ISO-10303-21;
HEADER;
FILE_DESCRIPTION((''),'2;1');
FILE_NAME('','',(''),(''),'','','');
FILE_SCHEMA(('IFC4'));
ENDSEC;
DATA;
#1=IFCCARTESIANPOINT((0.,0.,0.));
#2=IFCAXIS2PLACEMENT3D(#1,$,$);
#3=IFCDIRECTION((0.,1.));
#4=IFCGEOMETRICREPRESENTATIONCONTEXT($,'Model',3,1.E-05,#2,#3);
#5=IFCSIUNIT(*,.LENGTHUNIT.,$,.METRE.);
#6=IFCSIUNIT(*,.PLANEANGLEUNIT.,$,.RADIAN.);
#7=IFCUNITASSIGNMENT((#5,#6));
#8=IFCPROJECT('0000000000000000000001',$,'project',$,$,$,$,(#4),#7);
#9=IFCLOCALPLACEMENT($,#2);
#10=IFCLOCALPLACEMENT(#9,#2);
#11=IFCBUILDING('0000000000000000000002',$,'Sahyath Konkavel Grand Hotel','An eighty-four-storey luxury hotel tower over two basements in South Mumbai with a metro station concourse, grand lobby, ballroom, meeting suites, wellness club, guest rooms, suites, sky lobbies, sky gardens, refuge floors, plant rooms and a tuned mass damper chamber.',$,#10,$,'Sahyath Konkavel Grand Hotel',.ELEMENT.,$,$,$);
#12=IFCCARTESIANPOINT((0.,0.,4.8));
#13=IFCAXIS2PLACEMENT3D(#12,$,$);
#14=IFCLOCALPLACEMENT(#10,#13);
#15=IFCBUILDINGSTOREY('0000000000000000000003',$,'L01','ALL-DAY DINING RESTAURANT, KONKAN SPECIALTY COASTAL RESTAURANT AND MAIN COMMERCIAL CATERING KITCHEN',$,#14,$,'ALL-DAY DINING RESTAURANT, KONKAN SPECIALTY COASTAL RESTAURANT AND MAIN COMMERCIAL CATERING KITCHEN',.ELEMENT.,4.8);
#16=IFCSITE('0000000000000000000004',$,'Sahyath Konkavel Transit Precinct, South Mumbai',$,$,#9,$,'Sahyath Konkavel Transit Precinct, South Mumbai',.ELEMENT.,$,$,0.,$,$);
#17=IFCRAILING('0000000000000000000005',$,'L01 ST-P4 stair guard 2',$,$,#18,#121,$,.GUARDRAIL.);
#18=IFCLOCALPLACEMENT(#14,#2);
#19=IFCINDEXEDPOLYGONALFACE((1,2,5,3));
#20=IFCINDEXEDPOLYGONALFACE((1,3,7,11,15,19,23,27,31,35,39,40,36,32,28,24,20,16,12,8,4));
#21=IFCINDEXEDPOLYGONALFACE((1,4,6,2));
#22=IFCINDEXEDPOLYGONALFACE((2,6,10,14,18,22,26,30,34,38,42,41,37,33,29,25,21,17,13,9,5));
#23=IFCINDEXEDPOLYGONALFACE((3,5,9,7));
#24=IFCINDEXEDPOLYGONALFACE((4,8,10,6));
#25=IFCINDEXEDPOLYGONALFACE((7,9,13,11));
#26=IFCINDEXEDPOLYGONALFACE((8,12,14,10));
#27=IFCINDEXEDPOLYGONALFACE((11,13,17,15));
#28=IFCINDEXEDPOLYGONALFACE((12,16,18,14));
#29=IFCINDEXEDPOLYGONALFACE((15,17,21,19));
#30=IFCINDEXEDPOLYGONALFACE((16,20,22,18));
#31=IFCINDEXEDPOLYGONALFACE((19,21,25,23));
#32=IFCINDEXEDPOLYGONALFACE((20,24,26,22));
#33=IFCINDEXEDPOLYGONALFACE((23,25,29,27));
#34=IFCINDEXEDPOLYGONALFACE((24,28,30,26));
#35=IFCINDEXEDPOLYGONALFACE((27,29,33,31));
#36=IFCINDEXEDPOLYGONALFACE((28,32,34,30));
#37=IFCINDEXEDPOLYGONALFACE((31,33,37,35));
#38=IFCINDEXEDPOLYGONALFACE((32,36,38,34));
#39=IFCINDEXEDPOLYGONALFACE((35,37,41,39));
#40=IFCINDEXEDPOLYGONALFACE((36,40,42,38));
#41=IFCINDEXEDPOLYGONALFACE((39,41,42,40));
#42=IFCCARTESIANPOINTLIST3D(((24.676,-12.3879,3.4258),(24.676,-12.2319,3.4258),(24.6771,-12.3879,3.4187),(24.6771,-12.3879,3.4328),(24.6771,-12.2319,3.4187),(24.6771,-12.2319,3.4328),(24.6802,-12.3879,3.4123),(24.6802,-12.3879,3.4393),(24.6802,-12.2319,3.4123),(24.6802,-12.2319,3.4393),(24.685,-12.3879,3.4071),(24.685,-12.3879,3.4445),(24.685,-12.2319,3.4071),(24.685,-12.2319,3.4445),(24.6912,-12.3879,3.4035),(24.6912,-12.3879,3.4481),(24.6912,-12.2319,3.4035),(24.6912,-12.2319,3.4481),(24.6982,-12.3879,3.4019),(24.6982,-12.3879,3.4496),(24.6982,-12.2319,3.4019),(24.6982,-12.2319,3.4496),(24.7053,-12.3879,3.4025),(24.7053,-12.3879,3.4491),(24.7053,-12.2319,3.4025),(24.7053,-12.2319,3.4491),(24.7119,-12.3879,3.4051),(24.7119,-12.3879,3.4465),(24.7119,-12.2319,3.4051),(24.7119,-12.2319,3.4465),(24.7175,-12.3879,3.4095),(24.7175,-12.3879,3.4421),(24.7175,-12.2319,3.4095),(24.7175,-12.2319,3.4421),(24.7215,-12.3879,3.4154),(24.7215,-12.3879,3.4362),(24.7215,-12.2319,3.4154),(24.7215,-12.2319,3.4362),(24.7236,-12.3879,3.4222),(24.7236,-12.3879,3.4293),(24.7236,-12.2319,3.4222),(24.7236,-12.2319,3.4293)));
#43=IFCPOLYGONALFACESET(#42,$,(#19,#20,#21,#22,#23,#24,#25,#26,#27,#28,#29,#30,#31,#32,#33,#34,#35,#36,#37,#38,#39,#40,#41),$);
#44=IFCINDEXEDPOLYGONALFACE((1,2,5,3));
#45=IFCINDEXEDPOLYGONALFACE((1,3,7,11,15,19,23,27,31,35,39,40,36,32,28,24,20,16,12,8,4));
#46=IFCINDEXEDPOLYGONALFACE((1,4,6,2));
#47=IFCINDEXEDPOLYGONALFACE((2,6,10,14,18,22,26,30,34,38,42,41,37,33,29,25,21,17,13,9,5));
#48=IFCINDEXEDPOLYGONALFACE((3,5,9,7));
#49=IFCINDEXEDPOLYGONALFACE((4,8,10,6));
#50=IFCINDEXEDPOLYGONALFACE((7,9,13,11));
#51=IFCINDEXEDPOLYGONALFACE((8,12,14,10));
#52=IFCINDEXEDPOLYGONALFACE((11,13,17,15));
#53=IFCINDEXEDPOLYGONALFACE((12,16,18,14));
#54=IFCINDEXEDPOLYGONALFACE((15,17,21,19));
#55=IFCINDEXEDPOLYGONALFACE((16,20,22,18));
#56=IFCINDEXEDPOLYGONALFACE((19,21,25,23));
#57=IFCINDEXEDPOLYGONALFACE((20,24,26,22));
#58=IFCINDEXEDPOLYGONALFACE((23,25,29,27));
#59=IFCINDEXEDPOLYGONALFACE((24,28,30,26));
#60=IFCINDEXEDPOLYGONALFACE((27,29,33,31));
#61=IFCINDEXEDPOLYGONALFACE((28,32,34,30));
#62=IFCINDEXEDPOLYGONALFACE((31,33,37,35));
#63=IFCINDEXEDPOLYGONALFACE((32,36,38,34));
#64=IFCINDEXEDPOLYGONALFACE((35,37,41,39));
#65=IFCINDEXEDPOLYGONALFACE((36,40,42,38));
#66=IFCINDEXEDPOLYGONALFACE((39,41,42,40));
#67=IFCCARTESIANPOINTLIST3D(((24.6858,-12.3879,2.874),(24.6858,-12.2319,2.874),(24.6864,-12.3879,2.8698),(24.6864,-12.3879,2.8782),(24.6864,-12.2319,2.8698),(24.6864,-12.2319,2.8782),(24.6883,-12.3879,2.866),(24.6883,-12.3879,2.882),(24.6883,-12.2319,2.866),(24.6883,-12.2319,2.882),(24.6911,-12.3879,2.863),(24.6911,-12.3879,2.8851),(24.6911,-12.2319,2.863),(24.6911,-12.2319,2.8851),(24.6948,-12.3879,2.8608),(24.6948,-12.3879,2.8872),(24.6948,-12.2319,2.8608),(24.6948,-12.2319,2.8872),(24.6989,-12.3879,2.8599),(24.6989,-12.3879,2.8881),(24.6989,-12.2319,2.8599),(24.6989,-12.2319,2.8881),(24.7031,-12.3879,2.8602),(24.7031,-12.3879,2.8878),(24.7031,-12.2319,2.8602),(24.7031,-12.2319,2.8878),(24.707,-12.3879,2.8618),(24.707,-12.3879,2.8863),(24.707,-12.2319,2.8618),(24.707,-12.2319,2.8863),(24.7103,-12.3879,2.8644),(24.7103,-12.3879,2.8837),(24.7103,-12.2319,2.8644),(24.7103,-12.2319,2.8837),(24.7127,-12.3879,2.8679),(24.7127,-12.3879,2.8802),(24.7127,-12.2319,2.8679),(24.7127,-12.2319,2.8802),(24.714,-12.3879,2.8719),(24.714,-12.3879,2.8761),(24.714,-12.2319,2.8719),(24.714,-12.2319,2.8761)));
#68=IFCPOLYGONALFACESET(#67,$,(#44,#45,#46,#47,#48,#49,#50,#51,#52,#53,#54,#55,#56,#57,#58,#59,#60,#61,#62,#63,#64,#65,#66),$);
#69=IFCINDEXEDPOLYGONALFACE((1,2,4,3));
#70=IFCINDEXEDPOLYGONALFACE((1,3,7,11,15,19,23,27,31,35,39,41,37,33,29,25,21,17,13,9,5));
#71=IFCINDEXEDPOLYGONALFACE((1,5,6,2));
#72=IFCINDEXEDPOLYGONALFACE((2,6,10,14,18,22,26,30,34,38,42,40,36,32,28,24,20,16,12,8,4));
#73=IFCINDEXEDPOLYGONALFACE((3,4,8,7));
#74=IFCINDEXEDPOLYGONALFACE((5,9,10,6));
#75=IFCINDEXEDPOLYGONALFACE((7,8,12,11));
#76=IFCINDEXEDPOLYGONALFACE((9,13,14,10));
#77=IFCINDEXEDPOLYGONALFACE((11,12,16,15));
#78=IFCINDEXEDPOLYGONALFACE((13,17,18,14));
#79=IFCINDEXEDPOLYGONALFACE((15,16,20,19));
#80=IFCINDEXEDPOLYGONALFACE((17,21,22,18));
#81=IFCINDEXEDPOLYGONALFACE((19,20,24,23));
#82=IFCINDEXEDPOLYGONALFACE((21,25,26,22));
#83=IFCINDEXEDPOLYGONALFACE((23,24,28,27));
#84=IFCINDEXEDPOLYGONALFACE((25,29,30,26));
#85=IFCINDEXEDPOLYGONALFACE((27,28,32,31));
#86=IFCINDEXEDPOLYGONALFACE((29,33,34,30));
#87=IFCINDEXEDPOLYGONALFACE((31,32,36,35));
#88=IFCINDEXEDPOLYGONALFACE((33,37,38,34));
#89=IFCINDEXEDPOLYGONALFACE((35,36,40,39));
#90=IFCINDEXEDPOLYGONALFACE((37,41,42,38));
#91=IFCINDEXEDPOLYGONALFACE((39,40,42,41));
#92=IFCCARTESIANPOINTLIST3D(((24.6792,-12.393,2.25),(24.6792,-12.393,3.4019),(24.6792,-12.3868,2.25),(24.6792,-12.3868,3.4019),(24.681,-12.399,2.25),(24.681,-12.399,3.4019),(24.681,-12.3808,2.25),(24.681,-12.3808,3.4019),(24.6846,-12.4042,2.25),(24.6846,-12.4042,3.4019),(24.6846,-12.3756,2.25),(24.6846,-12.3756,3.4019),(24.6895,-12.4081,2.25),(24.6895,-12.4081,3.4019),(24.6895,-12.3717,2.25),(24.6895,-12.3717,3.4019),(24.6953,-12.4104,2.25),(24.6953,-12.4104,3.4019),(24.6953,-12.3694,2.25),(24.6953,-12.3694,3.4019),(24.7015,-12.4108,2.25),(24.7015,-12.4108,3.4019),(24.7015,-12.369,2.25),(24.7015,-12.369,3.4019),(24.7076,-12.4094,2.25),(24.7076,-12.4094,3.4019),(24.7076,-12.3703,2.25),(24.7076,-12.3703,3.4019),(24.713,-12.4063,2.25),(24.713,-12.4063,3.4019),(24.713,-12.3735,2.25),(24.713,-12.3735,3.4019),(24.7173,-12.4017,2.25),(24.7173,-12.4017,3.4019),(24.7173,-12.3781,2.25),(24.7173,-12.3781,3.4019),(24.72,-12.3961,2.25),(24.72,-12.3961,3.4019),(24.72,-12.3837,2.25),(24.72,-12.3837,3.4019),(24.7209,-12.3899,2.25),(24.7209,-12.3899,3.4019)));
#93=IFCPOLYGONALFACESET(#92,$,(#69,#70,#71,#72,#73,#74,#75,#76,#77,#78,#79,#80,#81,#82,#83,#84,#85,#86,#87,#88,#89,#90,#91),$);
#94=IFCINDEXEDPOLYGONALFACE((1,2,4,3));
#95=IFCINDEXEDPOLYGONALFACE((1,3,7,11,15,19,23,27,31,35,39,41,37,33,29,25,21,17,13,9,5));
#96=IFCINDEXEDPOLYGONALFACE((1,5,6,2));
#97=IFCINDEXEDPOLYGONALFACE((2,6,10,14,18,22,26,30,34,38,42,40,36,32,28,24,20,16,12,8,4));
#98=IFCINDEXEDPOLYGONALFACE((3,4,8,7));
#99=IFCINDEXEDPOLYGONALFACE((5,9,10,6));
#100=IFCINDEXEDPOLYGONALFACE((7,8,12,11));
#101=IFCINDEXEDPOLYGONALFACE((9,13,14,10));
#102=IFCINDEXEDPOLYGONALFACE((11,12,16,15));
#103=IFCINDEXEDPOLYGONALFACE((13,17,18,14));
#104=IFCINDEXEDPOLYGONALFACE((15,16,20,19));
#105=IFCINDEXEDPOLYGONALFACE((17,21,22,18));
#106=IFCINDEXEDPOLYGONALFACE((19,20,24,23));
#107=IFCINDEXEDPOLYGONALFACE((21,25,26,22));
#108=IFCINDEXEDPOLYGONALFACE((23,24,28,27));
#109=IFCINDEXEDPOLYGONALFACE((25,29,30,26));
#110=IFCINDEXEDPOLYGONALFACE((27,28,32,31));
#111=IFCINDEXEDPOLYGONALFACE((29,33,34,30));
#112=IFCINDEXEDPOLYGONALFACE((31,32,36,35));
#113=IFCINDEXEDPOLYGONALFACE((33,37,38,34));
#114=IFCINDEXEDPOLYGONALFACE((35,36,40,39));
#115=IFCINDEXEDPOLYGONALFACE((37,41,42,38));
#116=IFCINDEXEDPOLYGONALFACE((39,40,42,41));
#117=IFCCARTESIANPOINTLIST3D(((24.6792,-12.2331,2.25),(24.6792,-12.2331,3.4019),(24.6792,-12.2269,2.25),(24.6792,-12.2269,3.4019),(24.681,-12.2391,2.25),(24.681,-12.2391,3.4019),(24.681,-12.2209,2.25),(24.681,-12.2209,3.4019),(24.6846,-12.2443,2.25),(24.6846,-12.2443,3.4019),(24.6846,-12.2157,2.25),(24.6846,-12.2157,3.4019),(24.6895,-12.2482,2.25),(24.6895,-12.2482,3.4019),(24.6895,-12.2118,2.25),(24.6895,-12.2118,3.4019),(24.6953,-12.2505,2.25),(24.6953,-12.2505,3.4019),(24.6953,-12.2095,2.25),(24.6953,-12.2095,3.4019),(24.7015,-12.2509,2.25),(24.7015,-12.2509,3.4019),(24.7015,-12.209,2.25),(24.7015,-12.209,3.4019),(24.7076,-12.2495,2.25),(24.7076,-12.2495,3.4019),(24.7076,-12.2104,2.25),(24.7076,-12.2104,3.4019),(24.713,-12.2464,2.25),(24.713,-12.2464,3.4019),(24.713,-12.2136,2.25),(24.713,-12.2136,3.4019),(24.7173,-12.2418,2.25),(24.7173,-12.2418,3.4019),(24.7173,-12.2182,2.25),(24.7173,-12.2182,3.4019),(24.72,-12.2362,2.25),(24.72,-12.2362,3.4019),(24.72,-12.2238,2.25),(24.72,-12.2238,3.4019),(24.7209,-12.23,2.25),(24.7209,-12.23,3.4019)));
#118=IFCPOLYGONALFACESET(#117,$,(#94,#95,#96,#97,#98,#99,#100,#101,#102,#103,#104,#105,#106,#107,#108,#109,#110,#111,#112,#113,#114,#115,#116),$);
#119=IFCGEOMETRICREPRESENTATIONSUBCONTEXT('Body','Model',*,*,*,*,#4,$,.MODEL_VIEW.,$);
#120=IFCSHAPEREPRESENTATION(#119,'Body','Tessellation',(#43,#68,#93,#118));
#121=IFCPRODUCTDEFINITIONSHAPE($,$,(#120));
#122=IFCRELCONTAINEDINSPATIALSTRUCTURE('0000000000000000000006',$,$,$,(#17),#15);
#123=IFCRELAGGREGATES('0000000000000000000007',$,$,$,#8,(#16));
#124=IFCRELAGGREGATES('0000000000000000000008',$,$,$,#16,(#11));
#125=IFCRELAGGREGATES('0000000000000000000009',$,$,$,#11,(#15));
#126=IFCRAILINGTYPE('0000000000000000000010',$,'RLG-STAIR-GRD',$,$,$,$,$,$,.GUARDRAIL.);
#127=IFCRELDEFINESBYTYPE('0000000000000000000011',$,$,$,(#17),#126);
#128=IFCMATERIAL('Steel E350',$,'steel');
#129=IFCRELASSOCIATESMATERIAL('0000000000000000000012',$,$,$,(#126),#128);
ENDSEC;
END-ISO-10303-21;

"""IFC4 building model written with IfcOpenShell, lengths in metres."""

from ifc_helpers import new_model, si_unit, direction, frame, origin, origin_2d, place, context, subcontext, project, spatial, circle, extrude, material, type_object, element, save


model = new_model("IFC4")

# Units and contexts
model_context = context("Model", 3, precision=1e-05, world=origin(), true_north=direction((0.0, 1.0)))
body_context = subcontext(model_context, "Body", "Model", "MODEL_VIEW")
ifc_project = project(units=[si_unit("LENGTHUNIT", "METRE"), si_unit("PLANEANGLEUNIT", "RADIAN")], contexts=[model_context])

# Site, building, storey
site_placement = place(None, origin())
site = spatial("IfcSite", under=ifc_project, at=site_placement, Name="Sahyath Konkavel Transit Precinct, South Mumbai", LongName="Sahyath Konkavel Transit Precinct, South Mumbai", CompositionType="ELEMENT", RefElevation=0.0)
building_placement = place(site_placement, origin())
building = spatial("IfcBuilding", under=site, at=building_placement, Name="Sahyath Konkavel Grand Hotel", Description="An eighty-four-storey luxury hotel tower over two basements in South Mumbai with a metro station concourse, grand lobby, ballroom, meeting suites, wellness club, guest rooms, suites, sky lobbies, sky gardens, refuge floors, plant rooms and a tuned mass damper chamber.", LongName="Sahyath Konkavel Grand Hotel", CompositionType="ELEMENT")
storey_placement = place(building_placement, frame((0.0, 0.0, 4.8)))
storey = spatial("IfcBuildingStorey", under=building, at=storey_placement, Name="L01", Description="ALL-DAY DINING RESTAURANT, KONKAN SPECIALTY COASTAL RESTAURANT AND MAIN COMMERCIAL CATERING KITCHEN", LongName="ALL-DAY DINING RESTAURANT, KONKAN SPECIALTY COASTAL RESTAURANT AND MAIN COMMERCIAL CATERING KITCHEN", CompositionType="ELEMENT", Elevation=4.8)

# Shared definitions
ifc_material_1 = material(Name="Steel E350", Category="steel")

# Railing
railing_type_1 = type_object("IfcRailingType", Name="RLG-STAIR-GRD", PredefinedType="GUARDRAIL", material=ifc_material_1)
railing_1_placement = place(storey_placement, frame((24.7, -12.3899, 2.25)))
element("IfcRailing", 1, at=railing_1_placement, inside=storey, type_object=railing_type_1, Name="L01 ST-P4 stair guard 2", PredefinedType="GUARDRAIL", context=body_context, shape_type="SweptSolid", body=[
    extrude(circle(Radius=0.0239, at=origin_2d()), frame((0.0, 0.002, 1.1758), z_axis=(0.0, 1.0, 0.0), x_axis=(-1.0, 0.0, 0.0)), (0.0, 0.0, 1.0), 0.156),
    extrude(circle(Radius=0.0142, at=origin_2d()), frame((0.0, 0.002, 0.624), z_axis=(0.0, 1.0, 0.0), x_axis=(-1.0, 0.0, 0.0)), (0.0, 0.0, 1.0), 0.156),
    extrude(circle(Radius=0.021, at=origin_2d()), origin(), (0.0, 0.0, 1.0), 1.1519),
    extrude(circle(Radius=0.021, at=origin_2d()), frame((0.0, 0.1599, 0.0)), (0.0, 0.0, 1.0), 1.1519),
])

save(model, "model.ifc")
